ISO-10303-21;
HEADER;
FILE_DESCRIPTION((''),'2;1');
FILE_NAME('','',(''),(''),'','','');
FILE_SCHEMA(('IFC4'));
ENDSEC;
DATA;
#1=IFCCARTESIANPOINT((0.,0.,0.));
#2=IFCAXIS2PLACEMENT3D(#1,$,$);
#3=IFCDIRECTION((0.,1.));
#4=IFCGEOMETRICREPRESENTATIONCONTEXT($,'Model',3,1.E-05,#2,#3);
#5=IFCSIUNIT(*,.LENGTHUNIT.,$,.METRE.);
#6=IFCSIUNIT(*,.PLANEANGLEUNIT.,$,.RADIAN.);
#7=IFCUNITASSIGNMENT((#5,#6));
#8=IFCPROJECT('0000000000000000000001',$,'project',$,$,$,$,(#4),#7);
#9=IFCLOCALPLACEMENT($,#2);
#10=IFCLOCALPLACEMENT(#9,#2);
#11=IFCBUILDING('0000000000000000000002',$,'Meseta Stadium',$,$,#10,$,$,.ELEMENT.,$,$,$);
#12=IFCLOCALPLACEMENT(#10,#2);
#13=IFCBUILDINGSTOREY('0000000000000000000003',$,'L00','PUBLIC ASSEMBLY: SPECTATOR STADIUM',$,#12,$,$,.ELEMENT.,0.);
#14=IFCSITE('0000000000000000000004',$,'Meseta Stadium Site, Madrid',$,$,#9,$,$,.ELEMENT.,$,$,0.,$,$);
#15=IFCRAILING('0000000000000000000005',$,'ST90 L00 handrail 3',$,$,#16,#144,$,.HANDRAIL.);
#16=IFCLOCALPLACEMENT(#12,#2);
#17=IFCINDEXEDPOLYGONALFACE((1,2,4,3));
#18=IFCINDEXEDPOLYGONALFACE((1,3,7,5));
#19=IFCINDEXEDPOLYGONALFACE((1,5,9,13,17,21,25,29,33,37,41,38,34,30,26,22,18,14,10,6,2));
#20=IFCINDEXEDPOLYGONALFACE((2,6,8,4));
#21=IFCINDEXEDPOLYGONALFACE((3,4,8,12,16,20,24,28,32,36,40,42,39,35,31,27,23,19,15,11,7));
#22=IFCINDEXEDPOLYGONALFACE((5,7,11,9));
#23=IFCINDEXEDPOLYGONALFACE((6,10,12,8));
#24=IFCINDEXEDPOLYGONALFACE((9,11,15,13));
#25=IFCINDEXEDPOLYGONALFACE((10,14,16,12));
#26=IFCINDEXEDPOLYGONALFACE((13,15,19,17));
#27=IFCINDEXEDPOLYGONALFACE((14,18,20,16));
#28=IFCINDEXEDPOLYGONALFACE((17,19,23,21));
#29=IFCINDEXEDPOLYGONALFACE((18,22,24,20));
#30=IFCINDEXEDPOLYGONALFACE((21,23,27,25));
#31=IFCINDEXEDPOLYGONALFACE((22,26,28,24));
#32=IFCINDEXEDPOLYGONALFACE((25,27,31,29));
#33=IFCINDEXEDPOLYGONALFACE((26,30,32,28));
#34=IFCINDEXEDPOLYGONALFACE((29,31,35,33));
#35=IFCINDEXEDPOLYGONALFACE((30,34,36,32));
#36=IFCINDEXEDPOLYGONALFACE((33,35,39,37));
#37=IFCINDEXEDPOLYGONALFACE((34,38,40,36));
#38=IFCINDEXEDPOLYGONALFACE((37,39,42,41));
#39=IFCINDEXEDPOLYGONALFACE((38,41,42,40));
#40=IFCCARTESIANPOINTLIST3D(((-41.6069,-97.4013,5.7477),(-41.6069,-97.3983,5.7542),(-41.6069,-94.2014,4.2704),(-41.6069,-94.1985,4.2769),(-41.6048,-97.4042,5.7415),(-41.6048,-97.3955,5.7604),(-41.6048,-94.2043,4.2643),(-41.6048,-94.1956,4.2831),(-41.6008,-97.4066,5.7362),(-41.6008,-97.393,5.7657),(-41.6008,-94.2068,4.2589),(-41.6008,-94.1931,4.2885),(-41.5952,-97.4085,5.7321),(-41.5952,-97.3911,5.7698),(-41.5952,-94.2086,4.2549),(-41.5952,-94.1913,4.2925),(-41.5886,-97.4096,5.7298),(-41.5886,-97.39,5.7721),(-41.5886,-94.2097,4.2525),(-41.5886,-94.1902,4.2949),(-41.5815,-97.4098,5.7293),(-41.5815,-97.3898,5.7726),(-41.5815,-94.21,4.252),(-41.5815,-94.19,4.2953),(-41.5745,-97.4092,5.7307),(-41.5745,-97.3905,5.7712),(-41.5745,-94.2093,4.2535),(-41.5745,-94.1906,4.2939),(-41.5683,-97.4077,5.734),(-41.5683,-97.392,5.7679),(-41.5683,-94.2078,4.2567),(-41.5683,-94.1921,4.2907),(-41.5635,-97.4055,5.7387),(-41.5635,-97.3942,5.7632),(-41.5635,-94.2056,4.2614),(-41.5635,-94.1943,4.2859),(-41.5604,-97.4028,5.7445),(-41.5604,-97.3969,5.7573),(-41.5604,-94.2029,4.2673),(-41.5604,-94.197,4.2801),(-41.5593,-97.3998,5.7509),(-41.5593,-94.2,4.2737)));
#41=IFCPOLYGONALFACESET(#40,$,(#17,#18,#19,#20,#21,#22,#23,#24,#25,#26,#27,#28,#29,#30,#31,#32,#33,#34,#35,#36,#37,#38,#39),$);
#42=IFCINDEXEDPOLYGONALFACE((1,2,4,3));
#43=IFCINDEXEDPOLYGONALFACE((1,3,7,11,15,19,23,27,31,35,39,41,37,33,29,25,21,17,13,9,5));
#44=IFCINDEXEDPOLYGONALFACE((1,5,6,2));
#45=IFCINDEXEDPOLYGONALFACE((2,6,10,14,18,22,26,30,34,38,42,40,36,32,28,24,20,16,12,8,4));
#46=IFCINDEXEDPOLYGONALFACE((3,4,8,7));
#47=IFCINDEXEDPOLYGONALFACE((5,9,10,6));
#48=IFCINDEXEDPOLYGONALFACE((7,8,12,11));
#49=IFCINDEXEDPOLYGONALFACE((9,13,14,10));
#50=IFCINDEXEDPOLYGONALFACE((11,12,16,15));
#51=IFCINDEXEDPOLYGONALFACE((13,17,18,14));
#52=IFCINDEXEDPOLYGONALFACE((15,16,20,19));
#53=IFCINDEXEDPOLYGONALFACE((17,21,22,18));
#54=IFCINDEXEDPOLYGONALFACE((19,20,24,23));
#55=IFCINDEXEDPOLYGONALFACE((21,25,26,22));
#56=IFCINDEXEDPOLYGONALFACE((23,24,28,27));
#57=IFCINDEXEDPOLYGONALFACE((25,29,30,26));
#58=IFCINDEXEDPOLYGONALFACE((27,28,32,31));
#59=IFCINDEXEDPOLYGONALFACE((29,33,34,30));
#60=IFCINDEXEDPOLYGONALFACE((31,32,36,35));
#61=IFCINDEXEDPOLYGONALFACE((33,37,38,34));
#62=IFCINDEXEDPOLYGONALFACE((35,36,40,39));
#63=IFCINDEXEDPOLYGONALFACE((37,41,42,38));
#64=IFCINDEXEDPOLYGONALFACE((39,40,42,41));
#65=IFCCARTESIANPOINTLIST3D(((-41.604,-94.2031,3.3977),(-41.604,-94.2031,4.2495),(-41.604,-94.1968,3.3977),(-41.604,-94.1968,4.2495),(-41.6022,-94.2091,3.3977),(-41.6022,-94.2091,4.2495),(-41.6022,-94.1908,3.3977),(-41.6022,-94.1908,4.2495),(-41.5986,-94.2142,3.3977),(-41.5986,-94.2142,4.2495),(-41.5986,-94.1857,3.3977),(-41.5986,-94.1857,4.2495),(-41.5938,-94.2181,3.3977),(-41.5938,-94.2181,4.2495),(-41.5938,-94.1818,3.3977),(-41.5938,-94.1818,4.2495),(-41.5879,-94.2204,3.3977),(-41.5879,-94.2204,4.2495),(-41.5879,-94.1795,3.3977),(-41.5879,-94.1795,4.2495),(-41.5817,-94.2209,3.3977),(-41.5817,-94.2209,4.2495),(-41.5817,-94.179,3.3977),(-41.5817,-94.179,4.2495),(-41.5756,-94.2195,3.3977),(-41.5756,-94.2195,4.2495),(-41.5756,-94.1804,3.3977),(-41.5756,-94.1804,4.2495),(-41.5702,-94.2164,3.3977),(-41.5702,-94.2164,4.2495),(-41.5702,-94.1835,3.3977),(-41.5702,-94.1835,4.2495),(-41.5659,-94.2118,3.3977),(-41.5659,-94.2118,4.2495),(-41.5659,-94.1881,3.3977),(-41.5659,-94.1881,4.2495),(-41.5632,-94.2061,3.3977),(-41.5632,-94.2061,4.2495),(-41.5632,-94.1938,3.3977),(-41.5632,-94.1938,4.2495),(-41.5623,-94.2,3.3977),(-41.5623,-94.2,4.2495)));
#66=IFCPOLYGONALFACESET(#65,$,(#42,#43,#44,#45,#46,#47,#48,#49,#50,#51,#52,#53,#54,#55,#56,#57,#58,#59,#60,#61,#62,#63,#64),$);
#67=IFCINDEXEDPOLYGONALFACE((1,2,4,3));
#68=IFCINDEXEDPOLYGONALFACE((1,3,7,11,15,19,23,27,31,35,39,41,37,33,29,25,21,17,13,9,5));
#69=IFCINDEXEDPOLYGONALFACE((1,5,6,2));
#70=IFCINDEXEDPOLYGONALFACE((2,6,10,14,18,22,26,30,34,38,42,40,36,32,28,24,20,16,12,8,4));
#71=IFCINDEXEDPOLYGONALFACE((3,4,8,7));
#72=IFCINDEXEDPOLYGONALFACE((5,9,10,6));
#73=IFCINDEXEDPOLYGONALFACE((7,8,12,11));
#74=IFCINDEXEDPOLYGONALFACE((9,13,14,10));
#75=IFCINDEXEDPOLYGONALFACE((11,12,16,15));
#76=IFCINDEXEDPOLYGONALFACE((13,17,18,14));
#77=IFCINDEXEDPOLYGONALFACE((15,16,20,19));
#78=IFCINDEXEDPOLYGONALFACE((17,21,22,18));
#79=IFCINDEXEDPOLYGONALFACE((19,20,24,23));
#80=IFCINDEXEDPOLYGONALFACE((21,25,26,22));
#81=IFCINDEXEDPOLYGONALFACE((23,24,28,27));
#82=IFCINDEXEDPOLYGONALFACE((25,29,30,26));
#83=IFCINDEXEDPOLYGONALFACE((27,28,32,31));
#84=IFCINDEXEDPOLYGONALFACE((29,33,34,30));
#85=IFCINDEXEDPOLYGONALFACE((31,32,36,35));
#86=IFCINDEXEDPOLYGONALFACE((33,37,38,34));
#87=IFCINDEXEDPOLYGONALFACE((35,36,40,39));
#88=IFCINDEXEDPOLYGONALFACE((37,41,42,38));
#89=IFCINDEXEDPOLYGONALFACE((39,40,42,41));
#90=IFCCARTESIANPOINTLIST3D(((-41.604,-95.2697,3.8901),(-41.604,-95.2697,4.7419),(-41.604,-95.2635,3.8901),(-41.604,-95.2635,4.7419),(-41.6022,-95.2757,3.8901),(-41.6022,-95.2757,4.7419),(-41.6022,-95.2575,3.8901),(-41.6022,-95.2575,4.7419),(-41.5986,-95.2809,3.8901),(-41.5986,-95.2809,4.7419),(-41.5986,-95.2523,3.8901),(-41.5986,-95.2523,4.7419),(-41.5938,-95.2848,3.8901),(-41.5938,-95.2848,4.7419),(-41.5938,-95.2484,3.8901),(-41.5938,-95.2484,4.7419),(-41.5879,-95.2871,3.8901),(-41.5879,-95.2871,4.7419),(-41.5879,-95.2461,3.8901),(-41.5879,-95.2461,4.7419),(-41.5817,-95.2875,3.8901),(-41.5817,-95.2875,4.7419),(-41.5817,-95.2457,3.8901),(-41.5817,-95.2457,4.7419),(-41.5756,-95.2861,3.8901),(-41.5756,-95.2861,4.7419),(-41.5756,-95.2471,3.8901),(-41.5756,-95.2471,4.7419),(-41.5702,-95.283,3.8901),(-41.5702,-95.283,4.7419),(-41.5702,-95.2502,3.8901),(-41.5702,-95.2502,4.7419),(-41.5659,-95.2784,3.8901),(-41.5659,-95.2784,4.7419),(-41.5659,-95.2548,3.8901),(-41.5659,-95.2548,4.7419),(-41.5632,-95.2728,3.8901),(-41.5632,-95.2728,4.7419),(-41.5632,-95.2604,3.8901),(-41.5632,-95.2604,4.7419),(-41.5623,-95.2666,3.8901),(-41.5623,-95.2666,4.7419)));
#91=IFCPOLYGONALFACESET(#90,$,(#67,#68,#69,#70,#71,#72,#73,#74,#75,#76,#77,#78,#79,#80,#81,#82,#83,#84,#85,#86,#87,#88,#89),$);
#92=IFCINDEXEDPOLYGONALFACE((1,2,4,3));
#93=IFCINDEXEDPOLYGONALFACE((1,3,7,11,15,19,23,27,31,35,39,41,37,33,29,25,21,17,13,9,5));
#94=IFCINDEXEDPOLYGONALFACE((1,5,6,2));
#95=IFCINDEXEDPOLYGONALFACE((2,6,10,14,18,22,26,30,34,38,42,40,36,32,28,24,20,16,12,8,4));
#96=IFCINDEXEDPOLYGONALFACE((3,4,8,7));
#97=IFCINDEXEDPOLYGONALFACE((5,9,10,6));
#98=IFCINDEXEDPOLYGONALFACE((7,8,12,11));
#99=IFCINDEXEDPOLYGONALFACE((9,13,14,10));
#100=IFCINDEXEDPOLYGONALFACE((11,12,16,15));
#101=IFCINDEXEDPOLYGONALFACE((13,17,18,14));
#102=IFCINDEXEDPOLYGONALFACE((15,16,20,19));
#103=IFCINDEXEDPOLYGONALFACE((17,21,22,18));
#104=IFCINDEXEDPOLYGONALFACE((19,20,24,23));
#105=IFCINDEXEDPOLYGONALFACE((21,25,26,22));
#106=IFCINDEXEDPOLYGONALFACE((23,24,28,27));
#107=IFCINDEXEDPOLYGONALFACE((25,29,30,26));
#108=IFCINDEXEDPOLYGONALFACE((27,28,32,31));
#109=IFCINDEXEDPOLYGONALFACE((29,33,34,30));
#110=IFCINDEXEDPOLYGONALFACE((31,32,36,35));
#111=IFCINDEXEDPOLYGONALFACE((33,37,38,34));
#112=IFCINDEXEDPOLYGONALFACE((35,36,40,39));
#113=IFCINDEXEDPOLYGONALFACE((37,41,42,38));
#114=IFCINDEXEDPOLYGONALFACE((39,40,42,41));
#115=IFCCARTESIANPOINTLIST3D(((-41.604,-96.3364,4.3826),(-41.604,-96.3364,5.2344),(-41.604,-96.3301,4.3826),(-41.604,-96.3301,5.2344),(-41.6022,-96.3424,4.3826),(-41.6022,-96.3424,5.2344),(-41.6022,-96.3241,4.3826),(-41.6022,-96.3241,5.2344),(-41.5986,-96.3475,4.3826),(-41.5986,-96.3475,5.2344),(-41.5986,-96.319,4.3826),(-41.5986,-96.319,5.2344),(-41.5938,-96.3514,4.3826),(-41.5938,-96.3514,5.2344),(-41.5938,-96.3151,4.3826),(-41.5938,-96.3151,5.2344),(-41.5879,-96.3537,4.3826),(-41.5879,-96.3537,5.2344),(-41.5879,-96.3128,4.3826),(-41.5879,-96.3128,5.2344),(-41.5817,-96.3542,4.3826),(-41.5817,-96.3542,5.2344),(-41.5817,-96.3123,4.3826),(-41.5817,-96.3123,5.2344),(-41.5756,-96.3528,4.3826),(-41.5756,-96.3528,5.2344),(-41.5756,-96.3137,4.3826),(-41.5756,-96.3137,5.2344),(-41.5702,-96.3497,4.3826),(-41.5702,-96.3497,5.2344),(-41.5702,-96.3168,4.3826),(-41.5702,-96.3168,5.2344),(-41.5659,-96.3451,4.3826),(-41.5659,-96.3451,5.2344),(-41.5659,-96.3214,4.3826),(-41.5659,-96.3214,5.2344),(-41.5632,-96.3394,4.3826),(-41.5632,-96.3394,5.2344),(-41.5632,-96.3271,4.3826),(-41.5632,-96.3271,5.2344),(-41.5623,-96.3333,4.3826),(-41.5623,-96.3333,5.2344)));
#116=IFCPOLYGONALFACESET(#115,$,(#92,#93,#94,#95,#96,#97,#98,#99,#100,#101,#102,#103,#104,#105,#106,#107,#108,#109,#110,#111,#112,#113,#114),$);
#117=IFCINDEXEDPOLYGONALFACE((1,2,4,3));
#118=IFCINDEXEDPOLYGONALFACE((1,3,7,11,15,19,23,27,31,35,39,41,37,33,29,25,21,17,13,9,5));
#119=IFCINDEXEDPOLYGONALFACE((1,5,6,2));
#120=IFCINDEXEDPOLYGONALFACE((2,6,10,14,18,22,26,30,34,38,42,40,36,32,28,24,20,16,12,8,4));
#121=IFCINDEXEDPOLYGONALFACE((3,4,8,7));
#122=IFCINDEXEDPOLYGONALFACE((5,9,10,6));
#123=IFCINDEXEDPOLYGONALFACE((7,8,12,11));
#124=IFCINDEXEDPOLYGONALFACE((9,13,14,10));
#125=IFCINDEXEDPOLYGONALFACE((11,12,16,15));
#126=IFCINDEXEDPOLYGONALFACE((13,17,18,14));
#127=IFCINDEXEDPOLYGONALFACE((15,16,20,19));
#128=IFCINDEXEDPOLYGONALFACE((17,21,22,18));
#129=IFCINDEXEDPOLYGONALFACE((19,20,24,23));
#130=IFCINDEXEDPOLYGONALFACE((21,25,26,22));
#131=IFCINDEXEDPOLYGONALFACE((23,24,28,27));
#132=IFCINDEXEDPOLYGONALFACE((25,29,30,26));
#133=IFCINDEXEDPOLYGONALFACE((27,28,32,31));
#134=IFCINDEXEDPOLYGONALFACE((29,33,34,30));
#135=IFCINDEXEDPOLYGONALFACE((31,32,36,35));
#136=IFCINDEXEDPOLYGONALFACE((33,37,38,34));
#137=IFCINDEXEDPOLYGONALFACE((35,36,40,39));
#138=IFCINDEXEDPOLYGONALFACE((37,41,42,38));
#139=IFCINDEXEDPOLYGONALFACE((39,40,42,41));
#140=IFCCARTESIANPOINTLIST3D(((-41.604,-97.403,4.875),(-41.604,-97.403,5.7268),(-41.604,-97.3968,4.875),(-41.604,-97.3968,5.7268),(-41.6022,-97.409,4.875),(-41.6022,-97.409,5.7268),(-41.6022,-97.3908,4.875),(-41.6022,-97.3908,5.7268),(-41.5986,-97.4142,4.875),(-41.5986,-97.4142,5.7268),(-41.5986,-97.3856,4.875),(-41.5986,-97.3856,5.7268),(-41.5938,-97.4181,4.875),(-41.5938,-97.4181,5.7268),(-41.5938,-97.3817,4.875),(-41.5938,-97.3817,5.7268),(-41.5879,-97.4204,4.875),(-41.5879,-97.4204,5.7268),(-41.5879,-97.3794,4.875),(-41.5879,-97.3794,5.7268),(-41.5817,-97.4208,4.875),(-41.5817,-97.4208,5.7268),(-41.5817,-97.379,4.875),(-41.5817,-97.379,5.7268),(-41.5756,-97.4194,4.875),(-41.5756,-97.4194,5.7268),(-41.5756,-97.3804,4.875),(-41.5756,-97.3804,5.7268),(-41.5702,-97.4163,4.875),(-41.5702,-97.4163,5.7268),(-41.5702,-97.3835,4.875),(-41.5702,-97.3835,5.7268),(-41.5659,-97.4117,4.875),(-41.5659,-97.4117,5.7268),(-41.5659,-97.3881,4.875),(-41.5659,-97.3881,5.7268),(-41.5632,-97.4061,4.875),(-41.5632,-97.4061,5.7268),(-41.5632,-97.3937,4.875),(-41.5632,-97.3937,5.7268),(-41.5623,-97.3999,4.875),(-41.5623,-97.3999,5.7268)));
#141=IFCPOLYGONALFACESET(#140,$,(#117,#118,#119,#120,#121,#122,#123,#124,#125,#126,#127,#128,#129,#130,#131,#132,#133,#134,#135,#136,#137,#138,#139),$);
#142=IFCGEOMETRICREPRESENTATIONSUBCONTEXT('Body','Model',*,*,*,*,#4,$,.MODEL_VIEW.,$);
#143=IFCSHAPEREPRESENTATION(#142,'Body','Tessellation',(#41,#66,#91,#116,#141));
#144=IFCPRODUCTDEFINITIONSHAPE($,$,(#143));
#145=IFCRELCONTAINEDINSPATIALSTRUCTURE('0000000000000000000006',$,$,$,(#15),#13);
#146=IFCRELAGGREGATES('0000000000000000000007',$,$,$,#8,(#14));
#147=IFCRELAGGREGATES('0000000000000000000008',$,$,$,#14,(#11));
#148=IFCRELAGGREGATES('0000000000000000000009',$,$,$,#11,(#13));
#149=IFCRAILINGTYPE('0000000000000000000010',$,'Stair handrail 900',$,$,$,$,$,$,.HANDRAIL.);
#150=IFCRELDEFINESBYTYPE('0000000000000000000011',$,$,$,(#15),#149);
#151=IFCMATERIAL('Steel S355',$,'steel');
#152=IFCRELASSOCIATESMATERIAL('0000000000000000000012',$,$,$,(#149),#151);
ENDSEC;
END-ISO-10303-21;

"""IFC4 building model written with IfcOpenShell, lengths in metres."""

from ifc_helpers import new_model, si_unit, direction, frame, origin, origin_2d, place, context, subcontext, project, spatial, circle, extrude, material, type_object, element, save


model = new_model("IFC4")

# Units and contexts
model_context = context("Model", 3, precision=1e-05, world=origin(), true_north=direction((0.0, 1.0)))
body_context = subcontext(model_context, "Body", "Model", "MODEL_VIEW")
ifc_project = project(units=[si_unit("LENGTHUNIT", "METRE"), si_unit("PLANEANGLEUNIT", "RADIAN")], contexts=[model_context])

# Site, building, storey
site_placement = place(None, origin())
site = spatial("IfcSite", under=ifc_project, at=site_placement, Name="Meseta Stadium Site, Madrid", CompositionType="ELEMENT", RefElevation=0.0)
building_placement = place(site_placement, origin())
building = spatial("IfcBuilding", under=site, at=building_placement, Name="Meseta Stadium", CompositionType="ELEMENT")
storey_placement = place(building_placement, origin())
storey = spatial("IfcBuildingStorey", under=building, at=storey_placement, Name="L00", Description="PUBLIC ASSEMBLY: SPECTATOR STADIUM", CompositionType="ELEMENT", Elevation=0.0)

# Railing
ifc_material_1 = material(Name="Steel S355", Category="steel")
railing_type_1 = type_object("IfcRailingType", Name="Stair handrail 900", PredefinedType="HANDRAIL", material=ifc_material_1)
for number, where, name in (
    (1, (-41.5833, -94.2, 3.3977), "ST90 L00 handrail 3"),
):
    element("IfcRailing", number, at=place(storey_placement, frame(where)), inside=storey, type_object=railing_type_1, Name=name, PredefinedType="HANDRAIL", context=body_context, shape_type="SweptSolid", body=[
        extrude(circle(Radius=0.0239, at=origin_2d()), frame((0.0, 0.0, 0.876), z_axis=(0.0, -0.907917, 0.41915), x_axis=(1.0, 0.0, 0.0)), (0.0, 0.0, 1.0), 3.5244),
        extrude(circle(Radius=0.021, at=origin_2d()), origin(), (0.0, 0.0, 1.0), 0.8518),
        extrude(circle(Radius=0.021, at=origin_2d()), frame((0.0, -1.0667, 0.4924)), (0.0, 0.0, 1.0), 0.8518),
        extrude(circle(Radius=0.021, at=origin_2d()), frame((0.0, -2.1333, 0.9849)), (0.0, 0.0, 1.0), 0.8518),
        extrude(circle(Radius=0.021, at=origin_2d()), frame((0.0, -3.2, 1.4773)), (0.0, 0.0, 1.0), 0.8518),
    ])

save(model, "model.ifc")
